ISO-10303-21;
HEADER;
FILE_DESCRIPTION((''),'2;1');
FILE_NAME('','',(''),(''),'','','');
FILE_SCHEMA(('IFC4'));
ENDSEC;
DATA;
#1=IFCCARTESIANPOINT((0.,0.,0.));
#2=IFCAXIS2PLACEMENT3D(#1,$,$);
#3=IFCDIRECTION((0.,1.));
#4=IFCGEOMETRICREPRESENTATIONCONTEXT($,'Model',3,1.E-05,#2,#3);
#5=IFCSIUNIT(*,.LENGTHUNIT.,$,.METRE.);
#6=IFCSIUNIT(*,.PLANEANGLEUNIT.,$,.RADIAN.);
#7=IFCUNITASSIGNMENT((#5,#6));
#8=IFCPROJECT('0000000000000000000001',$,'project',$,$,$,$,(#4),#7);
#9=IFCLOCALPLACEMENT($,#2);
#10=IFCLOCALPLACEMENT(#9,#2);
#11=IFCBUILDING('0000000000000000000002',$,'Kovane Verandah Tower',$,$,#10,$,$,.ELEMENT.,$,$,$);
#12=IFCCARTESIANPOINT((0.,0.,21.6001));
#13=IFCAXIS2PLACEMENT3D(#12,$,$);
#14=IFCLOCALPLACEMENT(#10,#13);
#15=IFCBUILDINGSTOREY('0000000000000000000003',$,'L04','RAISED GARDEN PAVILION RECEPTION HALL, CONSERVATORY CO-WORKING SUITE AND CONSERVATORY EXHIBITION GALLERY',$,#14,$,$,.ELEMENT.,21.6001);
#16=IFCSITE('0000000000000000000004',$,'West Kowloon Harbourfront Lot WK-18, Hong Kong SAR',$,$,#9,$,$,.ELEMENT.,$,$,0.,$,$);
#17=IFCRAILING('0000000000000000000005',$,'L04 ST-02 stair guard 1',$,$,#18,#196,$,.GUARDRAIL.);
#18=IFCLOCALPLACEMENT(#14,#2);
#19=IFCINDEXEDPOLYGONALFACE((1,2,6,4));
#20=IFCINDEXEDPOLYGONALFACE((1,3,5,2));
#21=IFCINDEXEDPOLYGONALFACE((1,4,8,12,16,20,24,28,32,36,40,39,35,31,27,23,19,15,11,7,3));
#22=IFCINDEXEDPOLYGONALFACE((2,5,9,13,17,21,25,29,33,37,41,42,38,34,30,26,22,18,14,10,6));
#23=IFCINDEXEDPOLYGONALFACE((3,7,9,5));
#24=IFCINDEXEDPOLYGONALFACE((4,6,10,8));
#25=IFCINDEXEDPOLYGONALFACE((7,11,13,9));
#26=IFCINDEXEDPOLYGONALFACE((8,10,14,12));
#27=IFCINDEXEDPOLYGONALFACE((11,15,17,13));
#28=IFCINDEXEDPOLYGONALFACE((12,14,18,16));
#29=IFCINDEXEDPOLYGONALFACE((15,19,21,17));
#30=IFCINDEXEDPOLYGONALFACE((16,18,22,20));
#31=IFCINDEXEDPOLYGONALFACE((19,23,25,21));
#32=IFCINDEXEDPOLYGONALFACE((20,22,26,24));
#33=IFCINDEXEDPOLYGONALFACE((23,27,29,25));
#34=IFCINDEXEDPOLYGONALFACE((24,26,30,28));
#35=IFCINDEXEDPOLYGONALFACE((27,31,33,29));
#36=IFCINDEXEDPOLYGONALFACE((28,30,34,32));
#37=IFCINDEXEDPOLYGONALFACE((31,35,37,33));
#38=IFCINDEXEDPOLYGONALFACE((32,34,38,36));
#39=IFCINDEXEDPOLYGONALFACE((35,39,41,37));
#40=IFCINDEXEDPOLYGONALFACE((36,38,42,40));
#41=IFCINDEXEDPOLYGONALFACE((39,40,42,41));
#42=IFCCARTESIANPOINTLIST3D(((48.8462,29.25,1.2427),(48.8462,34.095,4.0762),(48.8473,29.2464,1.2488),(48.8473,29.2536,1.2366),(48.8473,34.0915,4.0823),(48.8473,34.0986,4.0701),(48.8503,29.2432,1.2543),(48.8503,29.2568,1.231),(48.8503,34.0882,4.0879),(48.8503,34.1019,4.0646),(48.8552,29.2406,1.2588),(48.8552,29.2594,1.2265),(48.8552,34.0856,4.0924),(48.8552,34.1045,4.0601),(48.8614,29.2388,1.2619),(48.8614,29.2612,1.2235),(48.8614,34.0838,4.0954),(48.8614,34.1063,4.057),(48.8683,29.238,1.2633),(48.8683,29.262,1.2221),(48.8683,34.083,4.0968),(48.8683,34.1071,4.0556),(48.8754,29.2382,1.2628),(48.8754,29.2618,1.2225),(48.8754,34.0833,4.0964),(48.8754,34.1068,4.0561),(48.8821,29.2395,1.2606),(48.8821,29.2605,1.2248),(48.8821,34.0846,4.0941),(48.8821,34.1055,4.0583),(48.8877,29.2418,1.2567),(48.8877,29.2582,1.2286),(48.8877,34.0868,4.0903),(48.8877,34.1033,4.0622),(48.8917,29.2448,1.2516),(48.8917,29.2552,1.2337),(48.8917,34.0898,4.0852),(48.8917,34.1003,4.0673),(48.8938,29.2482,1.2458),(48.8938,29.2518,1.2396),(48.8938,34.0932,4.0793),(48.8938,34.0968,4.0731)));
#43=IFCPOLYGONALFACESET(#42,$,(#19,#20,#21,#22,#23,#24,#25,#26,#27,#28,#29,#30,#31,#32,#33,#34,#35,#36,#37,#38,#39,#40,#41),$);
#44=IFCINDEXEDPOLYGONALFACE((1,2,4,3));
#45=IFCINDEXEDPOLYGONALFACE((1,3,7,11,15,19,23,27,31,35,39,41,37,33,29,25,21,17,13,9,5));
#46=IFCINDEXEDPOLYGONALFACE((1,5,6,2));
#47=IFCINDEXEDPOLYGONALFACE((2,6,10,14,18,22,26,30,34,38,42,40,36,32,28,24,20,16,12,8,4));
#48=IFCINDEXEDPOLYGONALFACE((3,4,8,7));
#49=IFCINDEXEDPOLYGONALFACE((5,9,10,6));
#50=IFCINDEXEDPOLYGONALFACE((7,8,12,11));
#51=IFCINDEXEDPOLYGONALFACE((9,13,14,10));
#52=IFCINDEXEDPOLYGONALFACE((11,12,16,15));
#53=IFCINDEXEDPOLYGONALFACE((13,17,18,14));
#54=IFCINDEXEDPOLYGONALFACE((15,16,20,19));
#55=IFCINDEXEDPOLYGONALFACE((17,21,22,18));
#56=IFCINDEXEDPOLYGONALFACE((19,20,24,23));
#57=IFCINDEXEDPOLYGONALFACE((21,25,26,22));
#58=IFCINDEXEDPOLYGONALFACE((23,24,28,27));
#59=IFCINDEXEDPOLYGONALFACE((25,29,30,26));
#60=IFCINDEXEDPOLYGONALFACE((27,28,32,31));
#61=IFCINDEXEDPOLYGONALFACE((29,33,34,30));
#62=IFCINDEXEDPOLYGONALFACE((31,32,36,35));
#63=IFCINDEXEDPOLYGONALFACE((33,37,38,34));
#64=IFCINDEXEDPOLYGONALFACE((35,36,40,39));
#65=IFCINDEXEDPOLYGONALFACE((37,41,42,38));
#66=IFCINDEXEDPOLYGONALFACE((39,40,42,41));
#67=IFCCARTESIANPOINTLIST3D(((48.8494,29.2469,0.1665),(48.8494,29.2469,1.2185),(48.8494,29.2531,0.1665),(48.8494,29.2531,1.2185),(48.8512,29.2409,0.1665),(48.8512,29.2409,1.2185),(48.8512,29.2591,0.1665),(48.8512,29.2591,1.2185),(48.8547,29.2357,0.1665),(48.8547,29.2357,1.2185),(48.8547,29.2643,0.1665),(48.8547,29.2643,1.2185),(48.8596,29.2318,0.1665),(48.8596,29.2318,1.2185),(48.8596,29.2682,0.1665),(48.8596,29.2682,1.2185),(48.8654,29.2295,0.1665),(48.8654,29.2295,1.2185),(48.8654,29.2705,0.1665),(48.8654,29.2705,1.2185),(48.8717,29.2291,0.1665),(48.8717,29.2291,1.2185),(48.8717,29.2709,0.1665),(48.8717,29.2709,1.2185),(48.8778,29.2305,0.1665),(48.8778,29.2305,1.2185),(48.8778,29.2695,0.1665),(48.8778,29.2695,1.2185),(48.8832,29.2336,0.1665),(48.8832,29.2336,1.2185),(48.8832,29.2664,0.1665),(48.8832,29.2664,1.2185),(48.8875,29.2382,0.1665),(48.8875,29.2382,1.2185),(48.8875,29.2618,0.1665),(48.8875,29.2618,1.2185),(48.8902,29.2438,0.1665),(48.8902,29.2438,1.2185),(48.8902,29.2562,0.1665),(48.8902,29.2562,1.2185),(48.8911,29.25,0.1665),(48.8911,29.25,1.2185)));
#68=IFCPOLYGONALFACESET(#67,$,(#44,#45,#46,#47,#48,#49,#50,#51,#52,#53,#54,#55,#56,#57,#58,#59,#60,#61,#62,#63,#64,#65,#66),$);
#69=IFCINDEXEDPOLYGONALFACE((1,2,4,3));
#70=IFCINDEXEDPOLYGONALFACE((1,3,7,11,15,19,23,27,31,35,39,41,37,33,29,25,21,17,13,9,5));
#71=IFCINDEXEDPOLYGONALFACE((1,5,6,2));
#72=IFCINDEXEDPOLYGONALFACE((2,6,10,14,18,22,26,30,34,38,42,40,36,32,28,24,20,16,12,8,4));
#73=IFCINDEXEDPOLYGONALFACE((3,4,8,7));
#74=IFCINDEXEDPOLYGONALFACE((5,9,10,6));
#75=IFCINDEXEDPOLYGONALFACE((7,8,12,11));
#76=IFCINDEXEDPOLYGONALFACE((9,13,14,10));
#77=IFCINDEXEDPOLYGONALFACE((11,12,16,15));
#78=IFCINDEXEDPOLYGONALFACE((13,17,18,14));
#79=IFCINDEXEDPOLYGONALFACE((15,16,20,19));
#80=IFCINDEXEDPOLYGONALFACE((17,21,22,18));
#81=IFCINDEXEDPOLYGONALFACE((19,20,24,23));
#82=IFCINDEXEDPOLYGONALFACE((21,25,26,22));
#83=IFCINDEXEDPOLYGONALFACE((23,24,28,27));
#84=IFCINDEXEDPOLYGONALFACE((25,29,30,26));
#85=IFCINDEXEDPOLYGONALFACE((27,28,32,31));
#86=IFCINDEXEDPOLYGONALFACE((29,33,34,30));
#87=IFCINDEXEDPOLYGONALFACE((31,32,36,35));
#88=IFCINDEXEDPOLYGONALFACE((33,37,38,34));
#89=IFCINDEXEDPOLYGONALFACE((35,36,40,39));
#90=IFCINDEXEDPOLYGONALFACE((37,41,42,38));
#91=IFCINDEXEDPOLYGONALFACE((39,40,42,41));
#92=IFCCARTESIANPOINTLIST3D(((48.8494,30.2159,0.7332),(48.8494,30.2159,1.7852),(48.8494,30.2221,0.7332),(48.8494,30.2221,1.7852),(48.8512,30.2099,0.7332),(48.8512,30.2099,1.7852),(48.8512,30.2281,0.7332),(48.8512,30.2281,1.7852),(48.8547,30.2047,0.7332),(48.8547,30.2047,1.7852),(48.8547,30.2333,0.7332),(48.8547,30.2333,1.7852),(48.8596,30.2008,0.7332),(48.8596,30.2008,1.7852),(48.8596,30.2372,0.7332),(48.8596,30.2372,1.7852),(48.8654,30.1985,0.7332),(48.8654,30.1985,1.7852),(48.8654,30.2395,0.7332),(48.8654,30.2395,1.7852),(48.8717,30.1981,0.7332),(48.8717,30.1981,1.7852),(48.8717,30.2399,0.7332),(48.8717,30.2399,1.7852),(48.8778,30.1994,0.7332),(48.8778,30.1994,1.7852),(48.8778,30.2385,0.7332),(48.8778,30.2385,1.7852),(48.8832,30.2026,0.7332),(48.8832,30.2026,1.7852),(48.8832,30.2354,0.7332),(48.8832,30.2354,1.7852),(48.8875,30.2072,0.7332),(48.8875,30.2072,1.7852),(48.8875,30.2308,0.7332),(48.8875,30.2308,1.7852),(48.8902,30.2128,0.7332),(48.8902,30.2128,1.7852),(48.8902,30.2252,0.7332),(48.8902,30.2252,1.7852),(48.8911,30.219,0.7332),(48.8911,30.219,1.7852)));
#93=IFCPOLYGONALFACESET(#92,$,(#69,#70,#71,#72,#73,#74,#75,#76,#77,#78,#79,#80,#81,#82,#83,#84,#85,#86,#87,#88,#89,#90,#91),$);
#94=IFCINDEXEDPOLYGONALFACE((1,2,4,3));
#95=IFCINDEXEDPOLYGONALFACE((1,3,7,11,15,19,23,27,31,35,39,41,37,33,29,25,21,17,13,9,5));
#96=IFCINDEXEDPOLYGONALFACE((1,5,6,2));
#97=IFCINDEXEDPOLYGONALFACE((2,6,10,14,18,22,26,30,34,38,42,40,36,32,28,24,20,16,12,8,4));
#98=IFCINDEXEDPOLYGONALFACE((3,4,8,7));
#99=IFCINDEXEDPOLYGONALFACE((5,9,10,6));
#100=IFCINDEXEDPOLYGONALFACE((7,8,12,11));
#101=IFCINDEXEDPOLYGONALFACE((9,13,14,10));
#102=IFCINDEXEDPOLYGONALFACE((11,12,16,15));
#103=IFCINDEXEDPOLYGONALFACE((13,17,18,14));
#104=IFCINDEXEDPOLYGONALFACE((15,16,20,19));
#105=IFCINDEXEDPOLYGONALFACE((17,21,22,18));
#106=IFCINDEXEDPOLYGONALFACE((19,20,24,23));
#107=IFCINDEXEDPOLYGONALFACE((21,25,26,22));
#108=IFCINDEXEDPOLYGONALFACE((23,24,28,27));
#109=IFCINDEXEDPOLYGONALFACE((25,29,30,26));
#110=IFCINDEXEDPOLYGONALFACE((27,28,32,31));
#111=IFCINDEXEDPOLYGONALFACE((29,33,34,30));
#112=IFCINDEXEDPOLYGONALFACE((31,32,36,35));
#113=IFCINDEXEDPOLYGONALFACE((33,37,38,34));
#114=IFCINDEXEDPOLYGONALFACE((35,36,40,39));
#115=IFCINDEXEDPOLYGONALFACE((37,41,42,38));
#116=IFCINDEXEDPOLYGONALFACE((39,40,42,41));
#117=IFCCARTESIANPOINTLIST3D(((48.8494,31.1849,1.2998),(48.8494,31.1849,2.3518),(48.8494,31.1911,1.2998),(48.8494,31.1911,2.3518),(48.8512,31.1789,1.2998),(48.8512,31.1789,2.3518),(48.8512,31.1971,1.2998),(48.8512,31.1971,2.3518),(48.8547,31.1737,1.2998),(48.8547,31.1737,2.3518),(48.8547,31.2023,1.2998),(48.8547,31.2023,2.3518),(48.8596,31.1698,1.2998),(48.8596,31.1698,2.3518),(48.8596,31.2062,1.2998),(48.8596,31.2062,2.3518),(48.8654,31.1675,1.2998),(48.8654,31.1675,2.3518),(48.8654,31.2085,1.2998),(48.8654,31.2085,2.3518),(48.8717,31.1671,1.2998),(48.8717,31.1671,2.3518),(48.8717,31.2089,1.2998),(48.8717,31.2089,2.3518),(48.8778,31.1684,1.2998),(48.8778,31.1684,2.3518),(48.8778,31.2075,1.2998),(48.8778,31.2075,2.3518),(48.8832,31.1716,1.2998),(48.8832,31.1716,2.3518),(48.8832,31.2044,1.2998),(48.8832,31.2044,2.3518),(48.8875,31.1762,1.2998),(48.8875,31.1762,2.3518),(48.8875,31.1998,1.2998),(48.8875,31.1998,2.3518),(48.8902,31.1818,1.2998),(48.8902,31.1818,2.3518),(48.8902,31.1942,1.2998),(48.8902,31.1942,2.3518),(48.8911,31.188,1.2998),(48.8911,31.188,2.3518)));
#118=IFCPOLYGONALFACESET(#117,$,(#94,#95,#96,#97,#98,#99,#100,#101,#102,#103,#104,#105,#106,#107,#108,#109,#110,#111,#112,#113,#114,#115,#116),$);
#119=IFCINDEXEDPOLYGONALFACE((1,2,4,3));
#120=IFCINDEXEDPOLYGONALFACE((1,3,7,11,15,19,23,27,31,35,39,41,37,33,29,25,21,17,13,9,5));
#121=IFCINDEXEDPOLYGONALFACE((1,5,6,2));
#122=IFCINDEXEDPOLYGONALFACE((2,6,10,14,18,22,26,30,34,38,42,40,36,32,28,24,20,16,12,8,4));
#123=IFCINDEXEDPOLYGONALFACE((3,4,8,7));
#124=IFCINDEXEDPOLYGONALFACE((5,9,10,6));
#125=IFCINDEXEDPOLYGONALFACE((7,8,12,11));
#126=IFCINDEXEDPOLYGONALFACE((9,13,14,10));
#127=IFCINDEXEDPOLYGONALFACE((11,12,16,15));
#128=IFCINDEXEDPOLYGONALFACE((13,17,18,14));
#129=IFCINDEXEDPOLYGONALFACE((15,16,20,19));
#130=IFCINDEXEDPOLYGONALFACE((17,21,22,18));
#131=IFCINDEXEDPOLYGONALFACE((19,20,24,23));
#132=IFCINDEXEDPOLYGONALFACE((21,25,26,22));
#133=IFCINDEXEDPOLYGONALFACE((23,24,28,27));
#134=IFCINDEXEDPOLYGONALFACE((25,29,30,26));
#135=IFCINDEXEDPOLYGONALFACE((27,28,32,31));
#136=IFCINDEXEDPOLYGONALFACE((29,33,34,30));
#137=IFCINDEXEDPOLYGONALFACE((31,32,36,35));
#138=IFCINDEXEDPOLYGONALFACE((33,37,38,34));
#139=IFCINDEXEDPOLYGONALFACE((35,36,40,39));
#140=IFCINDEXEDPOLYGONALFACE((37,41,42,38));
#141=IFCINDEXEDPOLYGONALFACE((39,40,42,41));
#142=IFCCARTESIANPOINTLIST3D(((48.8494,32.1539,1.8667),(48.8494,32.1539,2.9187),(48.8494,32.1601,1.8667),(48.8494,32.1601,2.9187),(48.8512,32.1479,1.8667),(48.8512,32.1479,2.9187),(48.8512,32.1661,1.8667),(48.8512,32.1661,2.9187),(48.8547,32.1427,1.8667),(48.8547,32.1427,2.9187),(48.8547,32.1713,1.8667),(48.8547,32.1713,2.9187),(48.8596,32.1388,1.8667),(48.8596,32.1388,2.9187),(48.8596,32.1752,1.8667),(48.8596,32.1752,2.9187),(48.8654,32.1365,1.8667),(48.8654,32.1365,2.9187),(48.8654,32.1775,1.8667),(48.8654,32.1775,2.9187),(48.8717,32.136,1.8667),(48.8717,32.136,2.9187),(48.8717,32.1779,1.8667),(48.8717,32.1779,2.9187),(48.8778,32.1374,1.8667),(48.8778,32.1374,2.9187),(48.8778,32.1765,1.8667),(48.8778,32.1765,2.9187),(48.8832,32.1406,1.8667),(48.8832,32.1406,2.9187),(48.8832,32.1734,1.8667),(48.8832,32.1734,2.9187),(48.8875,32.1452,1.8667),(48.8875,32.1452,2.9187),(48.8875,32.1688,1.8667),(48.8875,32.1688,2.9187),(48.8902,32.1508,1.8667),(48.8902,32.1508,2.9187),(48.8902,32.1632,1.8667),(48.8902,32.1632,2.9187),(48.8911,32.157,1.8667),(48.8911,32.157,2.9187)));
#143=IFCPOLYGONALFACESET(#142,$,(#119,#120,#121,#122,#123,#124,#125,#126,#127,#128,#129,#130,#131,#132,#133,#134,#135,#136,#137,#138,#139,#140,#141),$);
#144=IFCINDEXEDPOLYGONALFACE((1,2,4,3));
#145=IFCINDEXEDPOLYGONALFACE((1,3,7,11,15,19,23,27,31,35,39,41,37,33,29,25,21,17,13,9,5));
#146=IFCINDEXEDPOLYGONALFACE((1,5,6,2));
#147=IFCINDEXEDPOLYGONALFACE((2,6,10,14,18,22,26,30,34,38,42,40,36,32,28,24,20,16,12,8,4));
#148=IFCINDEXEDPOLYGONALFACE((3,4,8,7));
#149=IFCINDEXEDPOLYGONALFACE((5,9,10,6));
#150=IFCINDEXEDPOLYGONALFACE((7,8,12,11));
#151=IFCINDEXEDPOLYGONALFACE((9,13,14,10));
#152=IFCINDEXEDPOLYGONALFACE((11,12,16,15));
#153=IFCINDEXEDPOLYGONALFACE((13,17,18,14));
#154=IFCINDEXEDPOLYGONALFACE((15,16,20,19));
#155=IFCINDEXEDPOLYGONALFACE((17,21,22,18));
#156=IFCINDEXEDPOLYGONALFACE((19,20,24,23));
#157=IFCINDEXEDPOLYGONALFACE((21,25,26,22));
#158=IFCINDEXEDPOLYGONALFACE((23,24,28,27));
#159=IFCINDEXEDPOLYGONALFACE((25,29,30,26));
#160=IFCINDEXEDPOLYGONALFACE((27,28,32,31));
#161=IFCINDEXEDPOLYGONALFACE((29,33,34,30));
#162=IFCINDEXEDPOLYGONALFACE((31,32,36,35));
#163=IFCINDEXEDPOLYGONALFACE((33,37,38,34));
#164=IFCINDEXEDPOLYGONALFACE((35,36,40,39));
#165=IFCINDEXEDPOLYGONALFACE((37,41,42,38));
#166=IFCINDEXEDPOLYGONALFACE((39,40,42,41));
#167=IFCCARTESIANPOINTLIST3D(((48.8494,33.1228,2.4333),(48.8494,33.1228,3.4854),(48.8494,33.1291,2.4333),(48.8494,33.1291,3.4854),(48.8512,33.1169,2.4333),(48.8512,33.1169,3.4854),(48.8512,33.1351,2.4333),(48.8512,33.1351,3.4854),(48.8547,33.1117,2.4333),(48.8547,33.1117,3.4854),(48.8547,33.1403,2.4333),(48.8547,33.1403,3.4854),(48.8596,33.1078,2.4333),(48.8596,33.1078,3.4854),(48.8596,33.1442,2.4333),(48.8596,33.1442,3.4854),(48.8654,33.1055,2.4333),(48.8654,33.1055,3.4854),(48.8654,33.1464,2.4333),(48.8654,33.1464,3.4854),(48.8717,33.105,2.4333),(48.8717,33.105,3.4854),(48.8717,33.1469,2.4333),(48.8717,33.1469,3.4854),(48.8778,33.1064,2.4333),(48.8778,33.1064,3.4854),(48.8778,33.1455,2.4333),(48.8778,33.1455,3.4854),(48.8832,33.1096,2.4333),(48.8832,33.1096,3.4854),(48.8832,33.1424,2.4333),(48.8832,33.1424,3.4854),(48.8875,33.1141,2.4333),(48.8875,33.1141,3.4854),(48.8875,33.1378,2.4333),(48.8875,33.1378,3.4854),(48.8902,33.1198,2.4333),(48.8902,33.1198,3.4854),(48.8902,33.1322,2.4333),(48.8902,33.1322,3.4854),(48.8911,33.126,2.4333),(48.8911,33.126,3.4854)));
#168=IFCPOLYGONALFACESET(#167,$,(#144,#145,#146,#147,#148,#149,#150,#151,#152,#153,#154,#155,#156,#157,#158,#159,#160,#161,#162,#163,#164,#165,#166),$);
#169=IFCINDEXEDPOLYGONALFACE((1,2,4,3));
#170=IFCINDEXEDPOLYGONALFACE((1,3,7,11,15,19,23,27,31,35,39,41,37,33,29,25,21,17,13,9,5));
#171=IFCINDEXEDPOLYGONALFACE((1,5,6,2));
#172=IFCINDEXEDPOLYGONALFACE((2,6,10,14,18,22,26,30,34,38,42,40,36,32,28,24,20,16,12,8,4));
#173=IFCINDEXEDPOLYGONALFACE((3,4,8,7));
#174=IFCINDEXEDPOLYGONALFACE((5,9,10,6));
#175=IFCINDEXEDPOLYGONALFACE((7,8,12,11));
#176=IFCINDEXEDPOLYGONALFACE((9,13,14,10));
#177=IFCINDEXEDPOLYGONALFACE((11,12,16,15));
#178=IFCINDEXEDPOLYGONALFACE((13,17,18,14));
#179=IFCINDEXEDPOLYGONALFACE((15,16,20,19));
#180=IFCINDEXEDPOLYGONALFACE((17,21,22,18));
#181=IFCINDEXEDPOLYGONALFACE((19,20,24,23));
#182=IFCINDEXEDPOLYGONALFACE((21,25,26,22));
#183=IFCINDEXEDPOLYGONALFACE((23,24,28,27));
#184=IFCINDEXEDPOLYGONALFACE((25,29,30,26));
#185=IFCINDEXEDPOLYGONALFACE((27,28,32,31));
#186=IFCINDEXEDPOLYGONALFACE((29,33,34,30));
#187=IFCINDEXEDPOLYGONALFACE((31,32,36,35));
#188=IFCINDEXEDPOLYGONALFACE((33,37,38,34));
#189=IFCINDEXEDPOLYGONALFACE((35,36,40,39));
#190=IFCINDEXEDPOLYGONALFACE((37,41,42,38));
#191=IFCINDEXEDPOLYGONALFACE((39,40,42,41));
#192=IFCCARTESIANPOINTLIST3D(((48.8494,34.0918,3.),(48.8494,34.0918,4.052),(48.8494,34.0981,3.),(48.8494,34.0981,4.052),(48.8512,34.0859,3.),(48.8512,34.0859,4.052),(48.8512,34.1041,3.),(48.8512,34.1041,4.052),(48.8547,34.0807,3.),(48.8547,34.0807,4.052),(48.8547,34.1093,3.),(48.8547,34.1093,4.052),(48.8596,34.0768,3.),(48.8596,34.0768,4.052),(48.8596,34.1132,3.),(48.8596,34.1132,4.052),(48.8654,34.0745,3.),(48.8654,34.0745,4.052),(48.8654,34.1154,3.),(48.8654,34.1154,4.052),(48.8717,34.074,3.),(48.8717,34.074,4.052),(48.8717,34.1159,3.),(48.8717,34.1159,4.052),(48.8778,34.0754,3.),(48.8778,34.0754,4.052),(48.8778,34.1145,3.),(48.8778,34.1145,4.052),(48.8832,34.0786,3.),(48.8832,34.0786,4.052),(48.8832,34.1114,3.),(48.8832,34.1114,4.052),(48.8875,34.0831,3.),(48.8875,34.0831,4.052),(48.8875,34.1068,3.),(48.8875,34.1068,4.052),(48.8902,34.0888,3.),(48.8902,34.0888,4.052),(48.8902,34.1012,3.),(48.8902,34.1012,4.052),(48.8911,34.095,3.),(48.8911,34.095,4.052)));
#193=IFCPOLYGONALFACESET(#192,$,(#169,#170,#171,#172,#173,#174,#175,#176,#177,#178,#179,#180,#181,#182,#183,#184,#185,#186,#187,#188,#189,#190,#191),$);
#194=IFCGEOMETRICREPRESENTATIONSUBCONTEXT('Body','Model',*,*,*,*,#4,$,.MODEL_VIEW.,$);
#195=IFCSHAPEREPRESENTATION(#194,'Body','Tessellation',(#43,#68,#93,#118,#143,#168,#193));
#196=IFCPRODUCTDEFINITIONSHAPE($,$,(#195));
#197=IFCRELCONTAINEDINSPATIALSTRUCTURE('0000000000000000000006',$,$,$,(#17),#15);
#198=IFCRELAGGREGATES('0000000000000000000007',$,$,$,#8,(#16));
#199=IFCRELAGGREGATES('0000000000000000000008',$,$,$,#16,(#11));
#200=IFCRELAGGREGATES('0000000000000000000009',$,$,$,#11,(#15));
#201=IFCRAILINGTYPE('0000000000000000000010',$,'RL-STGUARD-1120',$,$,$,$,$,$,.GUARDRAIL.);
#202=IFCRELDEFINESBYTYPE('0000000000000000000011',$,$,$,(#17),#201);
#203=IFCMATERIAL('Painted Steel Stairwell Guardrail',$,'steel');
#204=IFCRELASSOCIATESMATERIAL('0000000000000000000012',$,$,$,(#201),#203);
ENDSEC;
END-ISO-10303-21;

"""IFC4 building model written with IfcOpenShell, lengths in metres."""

from ifc_helpers import new_model, si_unit, direction, frame, origin, origin_2d, place, context, subcontext, project, spatial, circle, extrude, material, type_object, element, save


model = new_model("IFC4")

# Units and contexts
model_context = context("Model", 3, precision=1e-05, world=origin(), true_north=direction((0.0, 1.0)))
body_context = subcontext(model_context, "Body", "Model", "MODEL_VIEW")
ifc_project = project(units=[si_unit("LENGTHUNIT", "METRE"), si_unit("PLANEANGLEUNIT", "RADIAN")], contexts=[model_context])

# Site, building, storey
site_placement = place(None, origin())
site = spatial("IfcSite", under=ifc_project, at=site_placement, Name="West Kowloon Harbourfront Lot WK-18, Hong Kong SAR", CompositionType="ELEMENT", RefElevation=0.0)
building_placement = place(site_placement, origin())
building = spatial("IfcBuilding", under=site, at=building_placement, Name="Kovane Verandah Tower", CompositionType="ELEMENT")
storey_placement = place(building_placement, frame((0.0, 0.0, 21.6001)))
storey = spatial("IfcBuildingStorey", under=building, at=storey_placement, Name="L04", Description="RAISED GARDEN PAVILION RECEPTION HALL, CONSERVATORY CO-WORKING SUITE AND CONSERVATORY EXHIBITION GALLERY", CompositionType="ELEMENT", Elevation=21.6001)

# Railing
ifc_material_1 = material(Name="Painted Steel Stairwell Guardrail", Category="steel")
railing_type_1 = type_object("IfcRailingType", Name="RL-STGUARD-1120", PredefinedType="GUARDRAIL", material=ifc_material_1)
railing_1_placement = place(storey_placement, frame((48.8701, 29.25, 0.1665)))
element("IfcRailing", 1, at=railing_1_placement, inside=storey, type_object=railing_type_1, Name="L04 ST-02 stair guard 1", PredefinedType="GUARDRAIL", context=body_context, shape_type="SweptSolid", body=[
    extrude(circle(Radius=0.0239, at=origin_2d()), frame((0.0, 0.0, 1.0762), z_axis=(0.0, 0.863215, 0.504836), x_axis=(-1.0, 0.0, 0.0)), (0.0, 0.0, 1.0), 5.6128),
    extrude(circle(Radius=0.021, at=origin_2d()), origin(), (0.0, 0.0, 1.0), 1.052),
    extrude(circle(Radius=0.021, at=origin_2d()), frame((0.0, 0.969, 0.5667)), (0.0, 0.0, 1.0), 1.052),
    extrude(circle(Radius=0.021, at=origin_2d()), frame((0.0, 1.938, 1.1333)), (0.0, 0.0, 1.0), 1.052),
    extrude(circle(Radius=0.021, at=origin_2d()), frame((0.0, 2.907, 1.7002)), (0.0, 0.0, 1.0), 1.052),
    extrude(circle(Radius=0.021, at=origin_2d()), frame((0.0, 3.876, 2.2668)), (0.0, 0.0, 1.0), 1.052),
    extrude(circle(Radius=0.021, at=origin_2d()), frame((0.0, 4.845, 2.8335)), (0.0, 0.0, 1.0), 1.052),
])

save(model, "model.ifc")
